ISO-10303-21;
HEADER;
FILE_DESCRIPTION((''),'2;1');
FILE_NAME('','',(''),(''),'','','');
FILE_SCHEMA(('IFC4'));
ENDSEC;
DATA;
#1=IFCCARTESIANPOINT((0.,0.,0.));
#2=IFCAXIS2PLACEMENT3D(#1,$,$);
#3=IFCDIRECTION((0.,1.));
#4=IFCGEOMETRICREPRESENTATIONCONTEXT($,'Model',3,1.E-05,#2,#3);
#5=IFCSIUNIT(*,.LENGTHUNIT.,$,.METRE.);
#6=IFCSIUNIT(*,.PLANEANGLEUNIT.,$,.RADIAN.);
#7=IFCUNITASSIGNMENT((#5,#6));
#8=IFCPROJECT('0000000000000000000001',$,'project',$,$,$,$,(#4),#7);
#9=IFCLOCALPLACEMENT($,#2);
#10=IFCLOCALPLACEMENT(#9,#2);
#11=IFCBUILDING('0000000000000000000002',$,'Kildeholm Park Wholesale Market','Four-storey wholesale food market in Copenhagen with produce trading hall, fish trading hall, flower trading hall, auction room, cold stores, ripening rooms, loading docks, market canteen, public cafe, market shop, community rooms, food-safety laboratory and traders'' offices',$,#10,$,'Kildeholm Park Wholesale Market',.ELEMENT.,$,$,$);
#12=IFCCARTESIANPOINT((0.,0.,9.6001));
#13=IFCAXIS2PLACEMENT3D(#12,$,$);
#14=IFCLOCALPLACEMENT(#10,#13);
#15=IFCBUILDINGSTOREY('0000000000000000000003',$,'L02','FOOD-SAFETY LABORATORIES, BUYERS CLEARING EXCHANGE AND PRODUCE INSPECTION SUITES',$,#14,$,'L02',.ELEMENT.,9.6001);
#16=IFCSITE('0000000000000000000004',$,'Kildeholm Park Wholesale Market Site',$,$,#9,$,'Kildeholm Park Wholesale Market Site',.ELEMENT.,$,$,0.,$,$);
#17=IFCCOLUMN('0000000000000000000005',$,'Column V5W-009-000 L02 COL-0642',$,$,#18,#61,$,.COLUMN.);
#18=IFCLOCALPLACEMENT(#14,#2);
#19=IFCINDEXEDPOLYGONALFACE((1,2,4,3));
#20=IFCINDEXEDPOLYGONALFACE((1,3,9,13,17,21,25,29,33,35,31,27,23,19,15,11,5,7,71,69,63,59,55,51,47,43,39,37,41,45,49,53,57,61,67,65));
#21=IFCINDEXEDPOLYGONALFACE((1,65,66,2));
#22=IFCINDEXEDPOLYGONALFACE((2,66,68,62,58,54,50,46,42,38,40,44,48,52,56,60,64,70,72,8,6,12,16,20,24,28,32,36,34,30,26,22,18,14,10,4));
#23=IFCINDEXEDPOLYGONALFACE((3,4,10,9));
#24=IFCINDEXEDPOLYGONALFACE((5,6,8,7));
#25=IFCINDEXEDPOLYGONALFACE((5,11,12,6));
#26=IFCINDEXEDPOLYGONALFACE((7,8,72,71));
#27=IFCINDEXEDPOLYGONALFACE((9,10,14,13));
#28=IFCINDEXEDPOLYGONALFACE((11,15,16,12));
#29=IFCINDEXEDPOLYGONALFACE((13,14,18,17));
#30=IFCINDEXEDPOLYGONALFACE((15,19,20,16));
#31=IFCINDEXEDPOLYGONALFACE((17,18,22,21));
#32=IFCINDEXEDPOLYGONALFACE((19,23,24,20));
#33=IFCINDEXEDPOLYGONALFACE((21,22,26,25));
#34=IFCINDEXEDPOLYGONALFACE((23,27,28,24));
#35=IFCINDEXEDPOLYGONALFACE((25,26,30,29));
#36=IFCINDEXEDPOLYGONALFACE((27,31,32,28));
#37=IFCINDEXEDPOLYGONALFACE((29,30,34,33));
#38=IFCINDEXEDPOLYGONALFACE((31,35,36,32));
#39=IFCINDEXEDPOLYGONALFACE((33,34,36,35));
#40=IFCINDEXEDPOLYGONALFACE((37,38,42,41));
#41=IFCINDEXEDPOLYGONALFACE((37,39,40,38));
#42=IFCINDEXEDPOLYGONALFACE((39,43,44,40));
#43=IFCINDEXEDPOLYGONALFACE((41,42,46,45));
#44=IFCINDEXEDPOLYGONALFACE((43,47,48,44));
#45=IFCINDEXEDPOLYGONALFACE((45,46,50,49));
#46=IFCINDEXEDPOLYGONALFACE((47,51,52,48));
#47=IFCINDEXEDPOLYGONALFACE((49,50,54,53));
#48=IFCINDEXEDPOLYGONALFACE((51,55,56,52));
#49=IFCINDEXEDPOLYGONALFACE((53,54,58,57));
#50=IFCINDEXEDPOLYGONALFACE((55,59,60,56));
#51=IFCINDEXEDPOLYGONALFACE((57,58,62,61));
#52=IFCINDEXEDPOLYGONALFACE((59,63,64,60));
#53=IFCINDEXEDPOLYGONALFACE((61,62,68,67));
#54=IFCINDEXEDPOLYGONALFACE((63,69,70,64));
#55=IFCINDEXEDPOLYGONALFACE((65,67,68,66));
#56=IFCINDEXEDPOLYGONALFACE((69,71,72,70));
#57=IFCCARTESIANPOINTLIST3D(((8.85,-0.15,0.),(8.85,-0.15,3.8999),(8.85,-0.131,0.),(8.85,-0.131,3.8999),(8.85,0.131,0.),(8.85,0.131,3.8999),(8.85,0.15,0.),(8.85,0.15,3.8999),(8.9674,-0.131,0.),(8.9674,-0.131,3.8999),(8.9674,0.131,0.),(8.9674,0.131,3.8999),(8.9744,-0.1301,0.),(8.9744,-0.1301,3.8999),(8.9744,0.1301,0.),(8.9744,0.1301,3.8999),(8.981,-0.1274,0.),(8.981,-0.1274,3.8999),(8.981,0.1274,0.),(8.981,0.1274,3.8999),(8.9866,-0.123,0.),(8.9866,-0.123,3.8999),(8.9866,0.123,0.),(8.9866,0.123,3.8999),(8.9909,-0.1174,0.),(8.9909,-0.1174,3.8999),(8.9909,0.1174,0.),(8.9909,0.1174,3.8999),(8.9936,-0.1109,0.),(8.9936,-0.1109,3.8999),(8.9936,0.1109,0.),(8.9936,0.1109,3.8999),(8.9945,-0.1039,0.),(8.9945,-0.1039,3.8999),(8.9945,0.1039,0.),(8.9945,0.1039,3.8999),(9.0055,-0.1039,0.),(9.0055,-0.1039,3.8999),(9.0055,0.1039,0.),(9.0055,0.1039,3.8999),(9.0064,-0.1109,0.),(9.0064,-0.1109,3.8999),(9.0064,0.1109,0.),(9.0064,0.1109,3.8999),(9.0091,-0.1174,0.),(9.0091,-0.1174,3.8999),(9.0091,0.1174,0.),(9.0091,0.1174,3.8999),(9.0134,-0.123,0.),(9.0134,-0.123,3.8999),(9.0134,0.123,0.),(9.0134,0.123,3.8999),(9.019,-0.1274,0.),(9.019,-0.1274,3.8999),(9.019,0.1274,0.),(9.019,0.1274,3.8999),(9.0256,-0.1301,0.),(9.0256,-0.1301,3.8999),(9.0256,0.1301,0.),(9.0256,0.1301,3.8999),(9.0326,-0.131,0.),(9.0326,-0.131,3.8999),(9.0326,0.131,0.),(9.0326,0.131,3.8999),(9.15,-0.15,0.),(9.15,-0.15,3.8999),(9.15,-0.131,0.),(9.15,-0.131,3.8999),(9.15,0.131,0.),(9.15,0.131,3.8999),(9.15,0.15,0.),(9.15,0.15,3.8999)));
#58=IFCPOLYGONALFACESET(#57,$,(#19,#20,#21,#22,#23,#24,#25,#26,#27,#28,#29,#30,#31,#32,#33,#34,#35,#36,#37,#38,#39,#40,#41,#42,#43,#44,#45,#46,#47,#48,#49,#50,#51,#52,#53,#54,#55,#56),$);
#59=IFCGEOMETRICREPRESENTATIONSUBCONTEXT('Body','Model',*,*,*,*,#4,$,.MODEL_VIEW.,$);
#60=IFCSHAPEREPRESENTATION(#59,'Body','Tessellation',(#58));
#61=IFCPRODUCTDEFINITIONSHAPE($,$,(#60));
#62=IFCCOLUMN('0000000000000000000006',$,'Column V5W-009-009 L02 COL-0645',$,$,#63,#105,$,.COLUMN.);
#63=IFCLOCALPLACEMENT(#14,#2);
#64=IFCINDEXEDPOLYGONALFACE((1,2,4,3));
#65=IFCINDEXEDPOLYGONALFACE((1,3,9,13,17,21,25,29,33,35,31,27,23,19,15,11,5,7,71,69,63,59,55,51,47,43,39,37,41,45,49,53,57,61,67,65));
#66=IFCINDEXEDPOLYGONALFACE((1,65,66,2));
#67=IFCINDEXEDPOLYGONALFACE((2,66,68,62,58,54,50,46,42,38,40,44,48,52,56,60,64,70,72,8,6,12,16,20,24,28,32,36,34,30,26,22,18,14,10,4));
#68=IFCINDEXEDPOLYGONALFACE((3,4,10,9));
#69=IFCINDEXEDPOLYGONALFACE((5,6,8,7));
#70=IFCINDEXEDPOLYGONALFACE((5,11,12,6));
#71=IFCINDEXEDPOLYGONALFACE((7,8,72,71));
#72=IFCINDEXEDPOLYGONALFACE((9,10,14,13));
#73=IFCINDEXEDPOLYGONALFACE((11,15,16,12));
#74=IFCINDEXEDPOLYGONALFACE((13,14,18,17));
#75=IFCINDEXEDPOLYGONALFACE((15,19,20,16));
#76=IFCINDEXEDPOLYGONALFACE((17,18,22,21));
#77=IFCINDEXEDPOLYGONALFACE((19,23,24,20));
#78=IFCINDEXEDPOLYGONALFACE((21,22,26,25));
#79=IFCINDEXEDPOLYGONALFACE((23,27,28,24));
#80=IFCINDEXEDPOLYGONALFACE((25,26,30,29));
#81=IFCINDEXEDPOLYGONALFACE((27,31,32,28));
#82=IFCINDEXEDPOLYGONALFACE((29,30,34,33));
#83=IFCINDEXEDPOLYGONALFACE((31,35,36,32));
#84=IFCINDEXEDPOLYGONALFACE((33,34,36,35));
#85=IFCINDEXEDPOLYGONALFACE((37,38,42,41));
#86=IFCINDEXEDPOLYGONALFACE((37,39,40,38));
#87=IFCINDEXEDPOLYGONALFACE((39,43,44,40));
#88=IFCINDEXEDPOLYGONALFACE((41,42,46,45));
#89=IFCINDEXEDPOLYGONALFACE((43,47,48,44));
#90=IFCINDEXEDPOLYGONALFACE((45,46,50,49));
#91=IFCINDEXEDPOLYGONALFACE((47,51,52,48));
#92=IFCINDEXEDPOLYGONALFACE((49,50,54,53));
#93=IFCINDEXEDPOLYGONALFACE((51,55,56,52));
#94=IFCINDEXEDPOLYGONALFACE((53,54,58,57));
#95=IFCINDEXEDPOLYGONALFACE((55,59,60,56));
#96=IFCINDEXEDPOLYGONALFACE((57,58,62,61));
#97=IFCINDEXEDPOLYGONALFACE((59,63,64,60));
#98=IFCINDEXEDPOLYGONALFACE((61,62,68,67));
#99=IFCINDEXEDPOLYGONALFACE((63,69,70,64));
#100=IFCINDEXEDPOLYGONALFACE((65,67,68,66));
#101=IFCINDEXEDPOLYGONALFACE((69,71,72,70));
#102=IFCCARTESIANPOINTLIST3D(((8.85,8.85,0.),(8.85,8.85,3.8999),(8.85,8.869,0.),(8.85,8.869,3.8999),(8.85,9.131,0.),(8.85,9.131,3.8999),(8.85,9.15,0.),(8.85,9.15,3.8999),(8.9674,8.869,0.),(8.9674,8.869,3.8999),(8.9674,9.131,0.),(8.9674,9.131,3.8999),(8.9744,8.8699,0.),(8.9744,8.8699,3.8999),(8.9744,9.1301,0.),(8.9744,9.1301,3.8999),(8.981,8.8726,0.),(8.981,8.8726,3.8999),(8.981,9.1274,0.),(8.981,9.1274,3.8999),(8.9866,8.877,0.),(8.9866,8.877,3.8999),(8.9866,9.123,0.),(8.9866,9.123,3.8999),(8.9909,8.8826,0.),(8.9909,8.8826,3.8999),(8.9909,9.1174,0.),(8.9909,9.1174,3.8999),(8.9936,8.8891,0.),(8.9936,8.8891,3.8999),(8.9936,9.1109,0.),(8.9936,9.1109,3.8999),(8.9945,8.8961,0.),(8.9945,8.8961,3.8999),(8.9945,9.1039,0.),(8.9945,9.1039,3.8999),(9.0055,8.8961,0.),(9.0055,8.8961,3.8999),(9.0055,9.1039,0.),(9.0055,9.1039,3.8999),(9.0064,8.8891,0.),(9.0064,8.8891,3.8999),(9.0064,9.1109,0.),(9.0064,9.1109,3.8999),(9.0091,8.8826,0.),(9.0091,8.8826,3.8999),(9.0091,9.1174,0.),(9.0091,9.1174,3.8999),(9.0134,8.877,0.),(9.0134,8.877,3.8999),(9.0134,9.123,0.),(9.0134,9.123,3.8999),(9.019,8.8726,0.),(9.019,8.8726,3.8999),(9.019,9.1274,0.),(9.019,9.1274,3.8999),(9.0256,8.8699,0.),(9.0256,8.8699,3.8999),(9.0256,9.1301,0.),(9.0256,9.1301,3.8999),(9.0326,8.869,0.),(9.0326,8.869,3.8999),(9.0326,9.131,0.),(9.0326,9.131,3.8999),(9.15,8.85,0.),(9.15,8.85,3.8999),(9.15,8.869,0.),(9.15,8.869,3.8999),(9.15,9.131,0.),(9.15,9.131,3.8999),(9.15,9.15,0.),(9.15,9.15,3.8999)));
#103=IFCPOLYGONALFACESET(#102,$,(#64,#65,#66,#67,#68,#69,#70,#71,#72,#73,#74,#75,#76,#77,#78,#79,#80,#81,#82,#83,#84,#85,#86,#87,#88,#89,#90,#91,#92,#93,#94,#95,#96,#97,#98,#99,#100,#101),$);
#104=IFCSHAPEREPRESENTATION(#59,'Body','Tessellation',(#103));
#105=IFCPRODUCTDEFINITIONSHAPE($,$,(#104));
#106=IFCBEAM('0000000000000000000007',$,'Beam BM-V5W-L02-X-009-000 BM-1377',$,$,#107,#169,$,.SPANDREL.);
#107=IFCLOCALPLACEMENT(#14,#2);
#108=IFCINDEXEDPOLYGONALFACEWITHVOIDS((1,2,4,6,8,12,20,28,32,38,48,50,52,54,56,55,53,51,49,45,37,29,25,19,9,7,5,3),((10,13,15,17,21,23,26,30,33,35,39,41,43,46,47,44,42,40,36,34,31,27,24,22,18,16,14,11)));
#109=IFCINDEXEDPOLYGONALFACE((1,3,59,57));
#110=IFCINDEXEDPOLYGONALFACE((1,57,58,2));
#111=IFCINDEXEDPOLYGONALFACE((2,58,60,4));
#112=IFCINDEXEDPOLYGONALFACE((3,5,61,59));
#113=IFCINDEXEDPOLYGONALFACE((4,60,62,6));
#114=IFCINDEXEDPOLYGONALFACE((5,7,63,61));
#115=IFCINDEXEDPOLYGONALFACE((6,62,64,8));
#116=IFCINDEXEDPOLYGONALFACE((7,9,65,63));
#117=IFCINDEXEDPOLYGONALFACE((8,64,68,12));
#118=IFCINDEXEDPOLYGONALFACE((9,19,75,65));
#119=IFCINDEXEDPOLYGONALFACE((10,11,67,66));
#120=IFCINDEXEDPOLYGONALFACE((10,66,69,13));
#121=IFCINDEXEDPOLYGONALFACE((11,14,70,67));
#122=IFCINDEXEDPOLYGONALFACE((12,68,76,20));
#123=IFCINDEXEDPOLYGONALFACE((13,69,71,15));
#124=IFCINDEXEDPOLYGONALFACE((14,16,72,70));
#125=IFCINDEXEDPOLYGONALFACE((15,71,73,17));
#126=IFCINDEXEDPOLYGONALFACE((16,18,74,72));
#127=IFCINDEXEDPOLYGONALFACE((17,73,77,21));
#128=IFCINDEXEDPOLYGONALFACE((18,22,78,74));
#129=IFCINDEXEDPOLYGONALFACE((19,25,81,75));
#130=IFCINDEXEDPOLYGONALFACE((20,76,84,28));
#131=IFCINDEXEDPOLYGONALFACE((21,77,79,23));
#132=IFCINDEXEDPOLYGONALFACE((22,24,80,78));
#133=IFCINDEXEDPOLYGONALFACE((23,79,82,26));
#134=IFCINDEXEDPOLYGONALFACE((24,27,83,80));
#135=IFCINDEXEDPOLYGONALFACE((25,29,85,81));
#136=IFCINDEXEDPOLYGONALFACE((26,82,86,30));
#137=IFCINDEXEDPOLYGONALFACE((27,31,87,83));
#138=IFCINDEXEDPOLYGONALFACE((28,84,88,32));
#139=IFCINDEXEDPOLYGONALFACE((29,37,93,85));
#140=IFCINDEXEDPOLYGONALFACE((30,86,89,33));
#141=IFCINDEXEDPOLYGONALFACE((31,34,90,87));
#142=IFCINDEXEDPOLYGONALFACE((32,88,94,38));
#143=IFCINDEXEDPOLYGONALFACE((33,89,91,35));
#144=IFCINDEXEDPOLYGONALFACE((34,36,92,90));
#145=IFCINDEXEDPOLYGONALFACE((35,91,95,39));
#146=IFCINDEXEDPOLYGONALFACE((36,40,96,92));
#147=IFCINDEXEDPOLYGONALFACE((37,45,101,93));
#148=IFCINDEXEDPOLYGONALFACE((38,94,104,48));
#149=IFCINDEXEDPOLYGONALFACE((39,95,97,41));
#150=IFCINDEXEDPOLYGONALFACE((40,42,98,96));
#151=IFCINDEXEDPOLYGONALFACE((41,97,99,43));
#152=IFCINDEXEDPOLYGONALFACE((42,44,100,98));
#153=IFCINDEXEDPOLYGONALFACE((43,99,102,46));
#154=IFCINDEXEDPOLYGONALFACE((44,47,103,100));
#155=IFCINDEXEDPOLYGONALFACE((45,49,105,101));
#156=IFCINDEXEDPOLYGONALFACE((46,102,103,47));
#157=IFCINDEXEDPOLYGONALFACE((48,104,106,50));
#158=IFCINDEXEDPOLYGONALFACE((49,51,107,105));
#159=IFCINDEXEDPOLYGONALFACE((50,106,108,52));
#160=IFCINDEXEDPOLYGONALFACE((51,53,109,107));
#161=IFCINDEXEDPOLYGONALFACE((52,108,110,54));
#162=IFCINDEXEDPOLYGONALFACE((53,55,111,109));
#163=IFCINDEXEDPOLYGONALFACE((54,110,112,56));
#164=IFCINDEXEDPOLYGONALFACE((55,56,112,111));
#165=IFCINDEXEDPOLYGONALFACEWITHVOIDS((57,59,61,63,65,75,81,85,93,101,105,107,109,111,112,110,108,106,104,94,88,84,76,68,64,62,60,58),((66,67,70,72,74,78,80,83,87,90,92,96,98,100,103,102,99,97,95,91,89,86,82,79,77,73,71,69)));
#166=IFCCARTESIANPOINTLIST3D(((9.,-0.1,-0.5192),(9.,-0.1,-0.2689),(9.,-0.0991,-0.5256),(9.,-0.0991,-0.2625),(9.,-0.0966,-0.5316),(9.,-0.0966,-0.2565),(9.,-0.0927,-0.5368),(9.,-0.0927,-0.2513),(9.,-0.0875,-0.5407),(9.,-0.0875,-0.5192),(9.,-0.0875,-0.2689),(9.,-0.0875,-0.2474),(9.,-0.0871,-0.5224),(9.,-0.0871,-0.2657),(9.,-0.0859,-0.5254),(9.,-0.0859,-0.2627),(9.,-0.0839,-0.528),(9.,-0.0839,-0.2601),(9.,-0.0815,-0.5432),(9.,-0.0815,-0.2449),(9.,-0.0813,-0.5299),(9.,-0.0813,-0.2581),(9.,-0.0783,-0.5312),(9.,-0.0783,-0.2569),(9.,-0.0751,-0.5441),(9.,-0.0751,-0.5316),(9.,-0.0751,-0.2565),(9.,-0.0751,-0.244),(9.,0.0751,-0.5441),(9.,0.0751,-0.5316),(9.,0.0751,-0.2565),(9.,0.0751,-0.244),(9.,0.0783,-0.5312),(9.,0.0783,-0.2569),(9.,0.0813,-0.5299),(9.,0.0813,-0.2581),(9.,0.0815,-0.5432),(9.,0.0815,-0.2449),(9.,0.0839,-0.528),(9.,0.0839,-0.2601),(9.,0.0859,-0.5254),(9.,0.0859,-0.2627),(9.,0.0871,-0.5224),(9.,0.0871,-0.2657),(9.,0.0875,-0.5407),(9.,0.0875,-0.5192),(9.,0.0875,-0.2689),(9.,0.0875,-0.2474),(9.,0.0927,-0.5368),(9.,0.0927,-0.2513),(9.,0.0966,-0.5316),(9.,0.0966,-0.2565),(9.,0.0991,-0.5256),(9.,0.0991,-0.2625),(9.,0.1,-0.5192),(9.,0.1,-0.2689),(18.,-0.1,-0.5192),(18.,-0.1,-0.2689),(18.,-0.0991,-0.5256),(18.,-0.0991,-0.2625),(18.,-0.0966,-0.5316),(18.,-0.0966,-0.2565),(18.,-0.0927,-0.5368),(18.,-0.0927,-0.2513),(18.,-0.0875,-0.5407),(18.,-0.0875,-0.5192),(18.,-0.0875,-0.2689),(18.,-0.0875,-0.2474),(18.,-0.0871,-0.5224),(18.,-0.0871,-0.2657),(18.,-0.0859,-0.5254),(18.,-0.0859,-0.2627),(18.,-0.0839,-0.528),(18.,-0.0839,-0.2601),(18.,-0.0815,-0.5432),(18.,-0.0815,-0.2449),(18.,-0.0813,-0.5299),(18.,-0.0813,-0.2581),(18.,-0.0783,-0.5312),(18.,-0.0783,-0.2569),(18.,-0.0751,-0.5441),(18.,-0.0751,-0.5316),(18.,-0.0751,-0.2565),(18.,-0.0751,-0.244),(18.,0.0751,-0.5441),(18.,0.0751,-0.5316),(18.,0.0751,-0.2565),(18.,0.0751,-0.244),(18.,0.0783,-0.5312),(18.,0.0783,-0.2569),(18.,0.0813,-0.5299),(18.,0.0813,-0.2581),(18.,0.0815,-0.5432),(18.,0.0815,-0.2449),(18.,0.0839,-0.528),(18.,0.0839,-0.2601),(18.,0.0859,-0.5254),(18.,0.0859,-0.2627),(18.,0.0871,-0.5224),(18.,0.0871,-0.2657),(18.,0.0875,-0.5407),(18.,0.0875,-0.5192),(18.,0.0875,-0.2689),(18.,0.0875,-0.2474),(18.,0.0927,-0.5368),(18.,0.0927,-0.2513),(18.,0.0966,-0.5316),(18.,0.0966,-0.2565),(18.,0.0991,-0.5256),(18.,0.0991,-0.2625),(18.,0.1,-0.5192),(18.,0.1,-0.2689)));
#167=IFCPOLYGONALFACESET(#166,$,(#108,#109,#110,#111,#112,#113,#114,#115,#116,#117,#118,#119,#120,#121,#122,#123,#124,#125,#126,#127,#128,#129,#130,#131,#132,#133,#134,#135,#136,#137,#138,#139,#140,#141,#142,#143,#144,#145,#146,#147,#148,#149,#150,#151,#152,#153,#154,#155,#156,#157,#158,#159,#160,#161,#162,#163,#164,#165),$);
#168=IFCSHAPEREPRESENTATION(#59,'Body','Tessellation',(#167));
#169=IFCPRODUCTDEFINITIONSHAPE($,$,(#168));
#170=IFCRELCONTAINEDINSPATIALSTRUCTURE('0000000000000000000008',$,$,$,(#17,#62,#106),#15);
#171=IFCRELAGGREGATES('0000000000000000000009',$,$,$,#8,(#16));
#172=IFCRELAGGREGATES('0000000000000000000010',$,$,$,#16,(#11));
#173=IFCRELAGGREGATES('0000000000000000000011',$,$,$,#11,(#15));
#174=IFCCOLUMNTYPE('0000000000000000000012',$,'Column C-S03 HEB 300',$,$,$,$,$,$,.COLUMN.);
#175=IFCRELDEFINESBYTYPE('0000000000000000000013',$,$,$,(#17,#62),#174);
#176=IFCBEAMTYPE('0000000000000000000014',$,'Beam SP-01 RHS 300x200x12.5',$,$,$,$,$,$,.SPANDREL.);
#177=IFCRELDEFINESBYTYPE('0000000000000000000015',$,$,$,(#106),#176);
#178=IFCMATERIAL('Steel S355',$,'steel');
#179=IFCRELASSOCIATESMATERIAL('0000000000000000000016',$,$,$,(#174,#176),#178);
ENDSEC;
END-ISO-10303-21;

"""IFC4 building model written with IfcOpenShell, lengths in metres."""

from ifc_helpers import new_model, si_unit, direction, frame, origin, origin_2d, place, context, subcontext, project, spatial, hollow_rectangle, i_section, extrude, material, material_profile, profile_set, type_object, element, save


model = new_model("IFC4")

# Units and contexts
model_context = context("Model", 3, precision=1e-05, world=origin(), true_north=direction((0.0, 1.0)))
body_context = subcontext(model_context, "Body", "Model", "MODEL_VIEW")
ifc_project = project(units=[si_unit("LENGTHUNIT", "METRE"), si_unit("PLANEANGLEUNIT", "RADIAN")], contexts=[model_context])

# Site, building, storey
site_placement = place(None, origin())
site = spatial("IfcSite", under=ifc_project, at=site_placement, Name="Kildeholm Park Wholesale Market Site", LongName="Kildeholm Park Wholesale Market Site", CompositionType="ELEMENT", RefElevation=0.0)
building_placement = place(site_placement, origin())
building = spatial("IfcBuilding", under=site, at=building_placement, Name="Kildeholm Park Wholesale Market", Description="Four-storey wholesale food market in Copenhagen with produce trading hall, fish trading hall, flower trading hall, auction room, cold stores, ripening rooms, loading docks, market canteen, public cafe, market shop, community rooms, food-safety laboratory and traders' offices", LongName="Kildeholm Park Wholesale Market", CompositionType="ELEMENT")
storey_placement = place(building_placement, frame((0.0, 0.0, 9.6001)))
storey = spatial("IfcBuildingStorey", under=building, at=storey_placement, Name="L02", Description="FOOD-SAFETY LABORATORIES, BUYERS CLEARING EXCHANGE AND PRODUCE INSPECTION SUITES", LongName="L02", CompositionType="ELEMENT", Elevation=9.6001)

# Columns
ifc_material_1 = material(Name="Steel S355", Category="steel")
ifc_material_profile_1 = material_profile(ifc_material_1, i_section(OverallWidth=0.3, OverallDepth=0.3, WebThickness=0.011, FlangeThickness=0.019, FilletRadius=0.0271, at=origin_2d()), Name="HEB 300")
ifc_profile_set_1 = profile_set([ifc_material_profile_1], Name="Steel S355")
column_type = type_object("IfcColumnType", Name="Column C-S03 HEB 300", PredefinedType="COLUMN", material=ifc_profile_set_1)
for number, where, z_axis, x_axis, name in (
    (1, (9.0, 0.0, 0.0), (0.0, 0.0, 1.0), (1.0, 0.0, 0.0), "Column V5W-009-000 L02 COL-0642"),
    (2, (9.0, 9.0, 0.0), (0.0, 0.0, 1.0), (1.0, 0.0, 0.0), "Column V5W-009-009 L02 COL-0645"),
):
    element("IfcColumn", number, at=place(storey_placement, frame(where, z_axis=z_axis, x_axis=x_axis)), inside=storey, type_object=column_type, Name=name, PredefinedType="COLUMN", context=body_context, shape_type="SweptSolid", body=[
        extrude(i_section(OverallWidth=0.3, OverallDepth=0.3, WebThickness=0.011, FlangeThickness=0.019, FilletRadius=0.0271, at=origin_2d()), origin(), (0.0, 0.0, 1.0), 3.8999),
    ])

# Beam
ifc_material_profile_2 = material_profile(ifc_material_1, hollow_rectangle(XDim=0.2, YDim=0.3, WallThickness=0.0125, InnerFilletRadius=0.0125, OuterFilletRadius=0.0249, at=origin_2d()), Name="RHS 300x200x12.5")
ifc_profile_set_2 = profile_set([ifc_material_profile_2], Name="Steel S355")
beam_type_1 = type_object("IfcBeamType", Name="Beam SP-01 RHS 300x200x12.5", PredefinedType="SPANDREL", material=ifc_profile_set_2)
beam_1_placement = place(storey_placement, frame((9.0, 0.0, -0.394), z_axis=(1.0, 0.0, 0.0), x_axis=(0.0, 1.0, 0.0)))
element("IfcBeam", 3, at=beam_1_placement, inside=storey, type_object=beam_type_1, Name="Beam BM-V5W-L02-X-009-000 BM-1377", PredefinedType="SPANDREL", context=body_context, shape_type="SweptSolid", body=[
    extrude(hollow_rectangle(XDim=0.2, YDim=0.3, WallThickness=0.0125, InnerFilletRadius=0.0125, OuterFilletRadius=0.0249, at=origin_2d()), origin(), (0.0, 0.0, 1.0), 9.0),
])

save(model, "model.ifc")
